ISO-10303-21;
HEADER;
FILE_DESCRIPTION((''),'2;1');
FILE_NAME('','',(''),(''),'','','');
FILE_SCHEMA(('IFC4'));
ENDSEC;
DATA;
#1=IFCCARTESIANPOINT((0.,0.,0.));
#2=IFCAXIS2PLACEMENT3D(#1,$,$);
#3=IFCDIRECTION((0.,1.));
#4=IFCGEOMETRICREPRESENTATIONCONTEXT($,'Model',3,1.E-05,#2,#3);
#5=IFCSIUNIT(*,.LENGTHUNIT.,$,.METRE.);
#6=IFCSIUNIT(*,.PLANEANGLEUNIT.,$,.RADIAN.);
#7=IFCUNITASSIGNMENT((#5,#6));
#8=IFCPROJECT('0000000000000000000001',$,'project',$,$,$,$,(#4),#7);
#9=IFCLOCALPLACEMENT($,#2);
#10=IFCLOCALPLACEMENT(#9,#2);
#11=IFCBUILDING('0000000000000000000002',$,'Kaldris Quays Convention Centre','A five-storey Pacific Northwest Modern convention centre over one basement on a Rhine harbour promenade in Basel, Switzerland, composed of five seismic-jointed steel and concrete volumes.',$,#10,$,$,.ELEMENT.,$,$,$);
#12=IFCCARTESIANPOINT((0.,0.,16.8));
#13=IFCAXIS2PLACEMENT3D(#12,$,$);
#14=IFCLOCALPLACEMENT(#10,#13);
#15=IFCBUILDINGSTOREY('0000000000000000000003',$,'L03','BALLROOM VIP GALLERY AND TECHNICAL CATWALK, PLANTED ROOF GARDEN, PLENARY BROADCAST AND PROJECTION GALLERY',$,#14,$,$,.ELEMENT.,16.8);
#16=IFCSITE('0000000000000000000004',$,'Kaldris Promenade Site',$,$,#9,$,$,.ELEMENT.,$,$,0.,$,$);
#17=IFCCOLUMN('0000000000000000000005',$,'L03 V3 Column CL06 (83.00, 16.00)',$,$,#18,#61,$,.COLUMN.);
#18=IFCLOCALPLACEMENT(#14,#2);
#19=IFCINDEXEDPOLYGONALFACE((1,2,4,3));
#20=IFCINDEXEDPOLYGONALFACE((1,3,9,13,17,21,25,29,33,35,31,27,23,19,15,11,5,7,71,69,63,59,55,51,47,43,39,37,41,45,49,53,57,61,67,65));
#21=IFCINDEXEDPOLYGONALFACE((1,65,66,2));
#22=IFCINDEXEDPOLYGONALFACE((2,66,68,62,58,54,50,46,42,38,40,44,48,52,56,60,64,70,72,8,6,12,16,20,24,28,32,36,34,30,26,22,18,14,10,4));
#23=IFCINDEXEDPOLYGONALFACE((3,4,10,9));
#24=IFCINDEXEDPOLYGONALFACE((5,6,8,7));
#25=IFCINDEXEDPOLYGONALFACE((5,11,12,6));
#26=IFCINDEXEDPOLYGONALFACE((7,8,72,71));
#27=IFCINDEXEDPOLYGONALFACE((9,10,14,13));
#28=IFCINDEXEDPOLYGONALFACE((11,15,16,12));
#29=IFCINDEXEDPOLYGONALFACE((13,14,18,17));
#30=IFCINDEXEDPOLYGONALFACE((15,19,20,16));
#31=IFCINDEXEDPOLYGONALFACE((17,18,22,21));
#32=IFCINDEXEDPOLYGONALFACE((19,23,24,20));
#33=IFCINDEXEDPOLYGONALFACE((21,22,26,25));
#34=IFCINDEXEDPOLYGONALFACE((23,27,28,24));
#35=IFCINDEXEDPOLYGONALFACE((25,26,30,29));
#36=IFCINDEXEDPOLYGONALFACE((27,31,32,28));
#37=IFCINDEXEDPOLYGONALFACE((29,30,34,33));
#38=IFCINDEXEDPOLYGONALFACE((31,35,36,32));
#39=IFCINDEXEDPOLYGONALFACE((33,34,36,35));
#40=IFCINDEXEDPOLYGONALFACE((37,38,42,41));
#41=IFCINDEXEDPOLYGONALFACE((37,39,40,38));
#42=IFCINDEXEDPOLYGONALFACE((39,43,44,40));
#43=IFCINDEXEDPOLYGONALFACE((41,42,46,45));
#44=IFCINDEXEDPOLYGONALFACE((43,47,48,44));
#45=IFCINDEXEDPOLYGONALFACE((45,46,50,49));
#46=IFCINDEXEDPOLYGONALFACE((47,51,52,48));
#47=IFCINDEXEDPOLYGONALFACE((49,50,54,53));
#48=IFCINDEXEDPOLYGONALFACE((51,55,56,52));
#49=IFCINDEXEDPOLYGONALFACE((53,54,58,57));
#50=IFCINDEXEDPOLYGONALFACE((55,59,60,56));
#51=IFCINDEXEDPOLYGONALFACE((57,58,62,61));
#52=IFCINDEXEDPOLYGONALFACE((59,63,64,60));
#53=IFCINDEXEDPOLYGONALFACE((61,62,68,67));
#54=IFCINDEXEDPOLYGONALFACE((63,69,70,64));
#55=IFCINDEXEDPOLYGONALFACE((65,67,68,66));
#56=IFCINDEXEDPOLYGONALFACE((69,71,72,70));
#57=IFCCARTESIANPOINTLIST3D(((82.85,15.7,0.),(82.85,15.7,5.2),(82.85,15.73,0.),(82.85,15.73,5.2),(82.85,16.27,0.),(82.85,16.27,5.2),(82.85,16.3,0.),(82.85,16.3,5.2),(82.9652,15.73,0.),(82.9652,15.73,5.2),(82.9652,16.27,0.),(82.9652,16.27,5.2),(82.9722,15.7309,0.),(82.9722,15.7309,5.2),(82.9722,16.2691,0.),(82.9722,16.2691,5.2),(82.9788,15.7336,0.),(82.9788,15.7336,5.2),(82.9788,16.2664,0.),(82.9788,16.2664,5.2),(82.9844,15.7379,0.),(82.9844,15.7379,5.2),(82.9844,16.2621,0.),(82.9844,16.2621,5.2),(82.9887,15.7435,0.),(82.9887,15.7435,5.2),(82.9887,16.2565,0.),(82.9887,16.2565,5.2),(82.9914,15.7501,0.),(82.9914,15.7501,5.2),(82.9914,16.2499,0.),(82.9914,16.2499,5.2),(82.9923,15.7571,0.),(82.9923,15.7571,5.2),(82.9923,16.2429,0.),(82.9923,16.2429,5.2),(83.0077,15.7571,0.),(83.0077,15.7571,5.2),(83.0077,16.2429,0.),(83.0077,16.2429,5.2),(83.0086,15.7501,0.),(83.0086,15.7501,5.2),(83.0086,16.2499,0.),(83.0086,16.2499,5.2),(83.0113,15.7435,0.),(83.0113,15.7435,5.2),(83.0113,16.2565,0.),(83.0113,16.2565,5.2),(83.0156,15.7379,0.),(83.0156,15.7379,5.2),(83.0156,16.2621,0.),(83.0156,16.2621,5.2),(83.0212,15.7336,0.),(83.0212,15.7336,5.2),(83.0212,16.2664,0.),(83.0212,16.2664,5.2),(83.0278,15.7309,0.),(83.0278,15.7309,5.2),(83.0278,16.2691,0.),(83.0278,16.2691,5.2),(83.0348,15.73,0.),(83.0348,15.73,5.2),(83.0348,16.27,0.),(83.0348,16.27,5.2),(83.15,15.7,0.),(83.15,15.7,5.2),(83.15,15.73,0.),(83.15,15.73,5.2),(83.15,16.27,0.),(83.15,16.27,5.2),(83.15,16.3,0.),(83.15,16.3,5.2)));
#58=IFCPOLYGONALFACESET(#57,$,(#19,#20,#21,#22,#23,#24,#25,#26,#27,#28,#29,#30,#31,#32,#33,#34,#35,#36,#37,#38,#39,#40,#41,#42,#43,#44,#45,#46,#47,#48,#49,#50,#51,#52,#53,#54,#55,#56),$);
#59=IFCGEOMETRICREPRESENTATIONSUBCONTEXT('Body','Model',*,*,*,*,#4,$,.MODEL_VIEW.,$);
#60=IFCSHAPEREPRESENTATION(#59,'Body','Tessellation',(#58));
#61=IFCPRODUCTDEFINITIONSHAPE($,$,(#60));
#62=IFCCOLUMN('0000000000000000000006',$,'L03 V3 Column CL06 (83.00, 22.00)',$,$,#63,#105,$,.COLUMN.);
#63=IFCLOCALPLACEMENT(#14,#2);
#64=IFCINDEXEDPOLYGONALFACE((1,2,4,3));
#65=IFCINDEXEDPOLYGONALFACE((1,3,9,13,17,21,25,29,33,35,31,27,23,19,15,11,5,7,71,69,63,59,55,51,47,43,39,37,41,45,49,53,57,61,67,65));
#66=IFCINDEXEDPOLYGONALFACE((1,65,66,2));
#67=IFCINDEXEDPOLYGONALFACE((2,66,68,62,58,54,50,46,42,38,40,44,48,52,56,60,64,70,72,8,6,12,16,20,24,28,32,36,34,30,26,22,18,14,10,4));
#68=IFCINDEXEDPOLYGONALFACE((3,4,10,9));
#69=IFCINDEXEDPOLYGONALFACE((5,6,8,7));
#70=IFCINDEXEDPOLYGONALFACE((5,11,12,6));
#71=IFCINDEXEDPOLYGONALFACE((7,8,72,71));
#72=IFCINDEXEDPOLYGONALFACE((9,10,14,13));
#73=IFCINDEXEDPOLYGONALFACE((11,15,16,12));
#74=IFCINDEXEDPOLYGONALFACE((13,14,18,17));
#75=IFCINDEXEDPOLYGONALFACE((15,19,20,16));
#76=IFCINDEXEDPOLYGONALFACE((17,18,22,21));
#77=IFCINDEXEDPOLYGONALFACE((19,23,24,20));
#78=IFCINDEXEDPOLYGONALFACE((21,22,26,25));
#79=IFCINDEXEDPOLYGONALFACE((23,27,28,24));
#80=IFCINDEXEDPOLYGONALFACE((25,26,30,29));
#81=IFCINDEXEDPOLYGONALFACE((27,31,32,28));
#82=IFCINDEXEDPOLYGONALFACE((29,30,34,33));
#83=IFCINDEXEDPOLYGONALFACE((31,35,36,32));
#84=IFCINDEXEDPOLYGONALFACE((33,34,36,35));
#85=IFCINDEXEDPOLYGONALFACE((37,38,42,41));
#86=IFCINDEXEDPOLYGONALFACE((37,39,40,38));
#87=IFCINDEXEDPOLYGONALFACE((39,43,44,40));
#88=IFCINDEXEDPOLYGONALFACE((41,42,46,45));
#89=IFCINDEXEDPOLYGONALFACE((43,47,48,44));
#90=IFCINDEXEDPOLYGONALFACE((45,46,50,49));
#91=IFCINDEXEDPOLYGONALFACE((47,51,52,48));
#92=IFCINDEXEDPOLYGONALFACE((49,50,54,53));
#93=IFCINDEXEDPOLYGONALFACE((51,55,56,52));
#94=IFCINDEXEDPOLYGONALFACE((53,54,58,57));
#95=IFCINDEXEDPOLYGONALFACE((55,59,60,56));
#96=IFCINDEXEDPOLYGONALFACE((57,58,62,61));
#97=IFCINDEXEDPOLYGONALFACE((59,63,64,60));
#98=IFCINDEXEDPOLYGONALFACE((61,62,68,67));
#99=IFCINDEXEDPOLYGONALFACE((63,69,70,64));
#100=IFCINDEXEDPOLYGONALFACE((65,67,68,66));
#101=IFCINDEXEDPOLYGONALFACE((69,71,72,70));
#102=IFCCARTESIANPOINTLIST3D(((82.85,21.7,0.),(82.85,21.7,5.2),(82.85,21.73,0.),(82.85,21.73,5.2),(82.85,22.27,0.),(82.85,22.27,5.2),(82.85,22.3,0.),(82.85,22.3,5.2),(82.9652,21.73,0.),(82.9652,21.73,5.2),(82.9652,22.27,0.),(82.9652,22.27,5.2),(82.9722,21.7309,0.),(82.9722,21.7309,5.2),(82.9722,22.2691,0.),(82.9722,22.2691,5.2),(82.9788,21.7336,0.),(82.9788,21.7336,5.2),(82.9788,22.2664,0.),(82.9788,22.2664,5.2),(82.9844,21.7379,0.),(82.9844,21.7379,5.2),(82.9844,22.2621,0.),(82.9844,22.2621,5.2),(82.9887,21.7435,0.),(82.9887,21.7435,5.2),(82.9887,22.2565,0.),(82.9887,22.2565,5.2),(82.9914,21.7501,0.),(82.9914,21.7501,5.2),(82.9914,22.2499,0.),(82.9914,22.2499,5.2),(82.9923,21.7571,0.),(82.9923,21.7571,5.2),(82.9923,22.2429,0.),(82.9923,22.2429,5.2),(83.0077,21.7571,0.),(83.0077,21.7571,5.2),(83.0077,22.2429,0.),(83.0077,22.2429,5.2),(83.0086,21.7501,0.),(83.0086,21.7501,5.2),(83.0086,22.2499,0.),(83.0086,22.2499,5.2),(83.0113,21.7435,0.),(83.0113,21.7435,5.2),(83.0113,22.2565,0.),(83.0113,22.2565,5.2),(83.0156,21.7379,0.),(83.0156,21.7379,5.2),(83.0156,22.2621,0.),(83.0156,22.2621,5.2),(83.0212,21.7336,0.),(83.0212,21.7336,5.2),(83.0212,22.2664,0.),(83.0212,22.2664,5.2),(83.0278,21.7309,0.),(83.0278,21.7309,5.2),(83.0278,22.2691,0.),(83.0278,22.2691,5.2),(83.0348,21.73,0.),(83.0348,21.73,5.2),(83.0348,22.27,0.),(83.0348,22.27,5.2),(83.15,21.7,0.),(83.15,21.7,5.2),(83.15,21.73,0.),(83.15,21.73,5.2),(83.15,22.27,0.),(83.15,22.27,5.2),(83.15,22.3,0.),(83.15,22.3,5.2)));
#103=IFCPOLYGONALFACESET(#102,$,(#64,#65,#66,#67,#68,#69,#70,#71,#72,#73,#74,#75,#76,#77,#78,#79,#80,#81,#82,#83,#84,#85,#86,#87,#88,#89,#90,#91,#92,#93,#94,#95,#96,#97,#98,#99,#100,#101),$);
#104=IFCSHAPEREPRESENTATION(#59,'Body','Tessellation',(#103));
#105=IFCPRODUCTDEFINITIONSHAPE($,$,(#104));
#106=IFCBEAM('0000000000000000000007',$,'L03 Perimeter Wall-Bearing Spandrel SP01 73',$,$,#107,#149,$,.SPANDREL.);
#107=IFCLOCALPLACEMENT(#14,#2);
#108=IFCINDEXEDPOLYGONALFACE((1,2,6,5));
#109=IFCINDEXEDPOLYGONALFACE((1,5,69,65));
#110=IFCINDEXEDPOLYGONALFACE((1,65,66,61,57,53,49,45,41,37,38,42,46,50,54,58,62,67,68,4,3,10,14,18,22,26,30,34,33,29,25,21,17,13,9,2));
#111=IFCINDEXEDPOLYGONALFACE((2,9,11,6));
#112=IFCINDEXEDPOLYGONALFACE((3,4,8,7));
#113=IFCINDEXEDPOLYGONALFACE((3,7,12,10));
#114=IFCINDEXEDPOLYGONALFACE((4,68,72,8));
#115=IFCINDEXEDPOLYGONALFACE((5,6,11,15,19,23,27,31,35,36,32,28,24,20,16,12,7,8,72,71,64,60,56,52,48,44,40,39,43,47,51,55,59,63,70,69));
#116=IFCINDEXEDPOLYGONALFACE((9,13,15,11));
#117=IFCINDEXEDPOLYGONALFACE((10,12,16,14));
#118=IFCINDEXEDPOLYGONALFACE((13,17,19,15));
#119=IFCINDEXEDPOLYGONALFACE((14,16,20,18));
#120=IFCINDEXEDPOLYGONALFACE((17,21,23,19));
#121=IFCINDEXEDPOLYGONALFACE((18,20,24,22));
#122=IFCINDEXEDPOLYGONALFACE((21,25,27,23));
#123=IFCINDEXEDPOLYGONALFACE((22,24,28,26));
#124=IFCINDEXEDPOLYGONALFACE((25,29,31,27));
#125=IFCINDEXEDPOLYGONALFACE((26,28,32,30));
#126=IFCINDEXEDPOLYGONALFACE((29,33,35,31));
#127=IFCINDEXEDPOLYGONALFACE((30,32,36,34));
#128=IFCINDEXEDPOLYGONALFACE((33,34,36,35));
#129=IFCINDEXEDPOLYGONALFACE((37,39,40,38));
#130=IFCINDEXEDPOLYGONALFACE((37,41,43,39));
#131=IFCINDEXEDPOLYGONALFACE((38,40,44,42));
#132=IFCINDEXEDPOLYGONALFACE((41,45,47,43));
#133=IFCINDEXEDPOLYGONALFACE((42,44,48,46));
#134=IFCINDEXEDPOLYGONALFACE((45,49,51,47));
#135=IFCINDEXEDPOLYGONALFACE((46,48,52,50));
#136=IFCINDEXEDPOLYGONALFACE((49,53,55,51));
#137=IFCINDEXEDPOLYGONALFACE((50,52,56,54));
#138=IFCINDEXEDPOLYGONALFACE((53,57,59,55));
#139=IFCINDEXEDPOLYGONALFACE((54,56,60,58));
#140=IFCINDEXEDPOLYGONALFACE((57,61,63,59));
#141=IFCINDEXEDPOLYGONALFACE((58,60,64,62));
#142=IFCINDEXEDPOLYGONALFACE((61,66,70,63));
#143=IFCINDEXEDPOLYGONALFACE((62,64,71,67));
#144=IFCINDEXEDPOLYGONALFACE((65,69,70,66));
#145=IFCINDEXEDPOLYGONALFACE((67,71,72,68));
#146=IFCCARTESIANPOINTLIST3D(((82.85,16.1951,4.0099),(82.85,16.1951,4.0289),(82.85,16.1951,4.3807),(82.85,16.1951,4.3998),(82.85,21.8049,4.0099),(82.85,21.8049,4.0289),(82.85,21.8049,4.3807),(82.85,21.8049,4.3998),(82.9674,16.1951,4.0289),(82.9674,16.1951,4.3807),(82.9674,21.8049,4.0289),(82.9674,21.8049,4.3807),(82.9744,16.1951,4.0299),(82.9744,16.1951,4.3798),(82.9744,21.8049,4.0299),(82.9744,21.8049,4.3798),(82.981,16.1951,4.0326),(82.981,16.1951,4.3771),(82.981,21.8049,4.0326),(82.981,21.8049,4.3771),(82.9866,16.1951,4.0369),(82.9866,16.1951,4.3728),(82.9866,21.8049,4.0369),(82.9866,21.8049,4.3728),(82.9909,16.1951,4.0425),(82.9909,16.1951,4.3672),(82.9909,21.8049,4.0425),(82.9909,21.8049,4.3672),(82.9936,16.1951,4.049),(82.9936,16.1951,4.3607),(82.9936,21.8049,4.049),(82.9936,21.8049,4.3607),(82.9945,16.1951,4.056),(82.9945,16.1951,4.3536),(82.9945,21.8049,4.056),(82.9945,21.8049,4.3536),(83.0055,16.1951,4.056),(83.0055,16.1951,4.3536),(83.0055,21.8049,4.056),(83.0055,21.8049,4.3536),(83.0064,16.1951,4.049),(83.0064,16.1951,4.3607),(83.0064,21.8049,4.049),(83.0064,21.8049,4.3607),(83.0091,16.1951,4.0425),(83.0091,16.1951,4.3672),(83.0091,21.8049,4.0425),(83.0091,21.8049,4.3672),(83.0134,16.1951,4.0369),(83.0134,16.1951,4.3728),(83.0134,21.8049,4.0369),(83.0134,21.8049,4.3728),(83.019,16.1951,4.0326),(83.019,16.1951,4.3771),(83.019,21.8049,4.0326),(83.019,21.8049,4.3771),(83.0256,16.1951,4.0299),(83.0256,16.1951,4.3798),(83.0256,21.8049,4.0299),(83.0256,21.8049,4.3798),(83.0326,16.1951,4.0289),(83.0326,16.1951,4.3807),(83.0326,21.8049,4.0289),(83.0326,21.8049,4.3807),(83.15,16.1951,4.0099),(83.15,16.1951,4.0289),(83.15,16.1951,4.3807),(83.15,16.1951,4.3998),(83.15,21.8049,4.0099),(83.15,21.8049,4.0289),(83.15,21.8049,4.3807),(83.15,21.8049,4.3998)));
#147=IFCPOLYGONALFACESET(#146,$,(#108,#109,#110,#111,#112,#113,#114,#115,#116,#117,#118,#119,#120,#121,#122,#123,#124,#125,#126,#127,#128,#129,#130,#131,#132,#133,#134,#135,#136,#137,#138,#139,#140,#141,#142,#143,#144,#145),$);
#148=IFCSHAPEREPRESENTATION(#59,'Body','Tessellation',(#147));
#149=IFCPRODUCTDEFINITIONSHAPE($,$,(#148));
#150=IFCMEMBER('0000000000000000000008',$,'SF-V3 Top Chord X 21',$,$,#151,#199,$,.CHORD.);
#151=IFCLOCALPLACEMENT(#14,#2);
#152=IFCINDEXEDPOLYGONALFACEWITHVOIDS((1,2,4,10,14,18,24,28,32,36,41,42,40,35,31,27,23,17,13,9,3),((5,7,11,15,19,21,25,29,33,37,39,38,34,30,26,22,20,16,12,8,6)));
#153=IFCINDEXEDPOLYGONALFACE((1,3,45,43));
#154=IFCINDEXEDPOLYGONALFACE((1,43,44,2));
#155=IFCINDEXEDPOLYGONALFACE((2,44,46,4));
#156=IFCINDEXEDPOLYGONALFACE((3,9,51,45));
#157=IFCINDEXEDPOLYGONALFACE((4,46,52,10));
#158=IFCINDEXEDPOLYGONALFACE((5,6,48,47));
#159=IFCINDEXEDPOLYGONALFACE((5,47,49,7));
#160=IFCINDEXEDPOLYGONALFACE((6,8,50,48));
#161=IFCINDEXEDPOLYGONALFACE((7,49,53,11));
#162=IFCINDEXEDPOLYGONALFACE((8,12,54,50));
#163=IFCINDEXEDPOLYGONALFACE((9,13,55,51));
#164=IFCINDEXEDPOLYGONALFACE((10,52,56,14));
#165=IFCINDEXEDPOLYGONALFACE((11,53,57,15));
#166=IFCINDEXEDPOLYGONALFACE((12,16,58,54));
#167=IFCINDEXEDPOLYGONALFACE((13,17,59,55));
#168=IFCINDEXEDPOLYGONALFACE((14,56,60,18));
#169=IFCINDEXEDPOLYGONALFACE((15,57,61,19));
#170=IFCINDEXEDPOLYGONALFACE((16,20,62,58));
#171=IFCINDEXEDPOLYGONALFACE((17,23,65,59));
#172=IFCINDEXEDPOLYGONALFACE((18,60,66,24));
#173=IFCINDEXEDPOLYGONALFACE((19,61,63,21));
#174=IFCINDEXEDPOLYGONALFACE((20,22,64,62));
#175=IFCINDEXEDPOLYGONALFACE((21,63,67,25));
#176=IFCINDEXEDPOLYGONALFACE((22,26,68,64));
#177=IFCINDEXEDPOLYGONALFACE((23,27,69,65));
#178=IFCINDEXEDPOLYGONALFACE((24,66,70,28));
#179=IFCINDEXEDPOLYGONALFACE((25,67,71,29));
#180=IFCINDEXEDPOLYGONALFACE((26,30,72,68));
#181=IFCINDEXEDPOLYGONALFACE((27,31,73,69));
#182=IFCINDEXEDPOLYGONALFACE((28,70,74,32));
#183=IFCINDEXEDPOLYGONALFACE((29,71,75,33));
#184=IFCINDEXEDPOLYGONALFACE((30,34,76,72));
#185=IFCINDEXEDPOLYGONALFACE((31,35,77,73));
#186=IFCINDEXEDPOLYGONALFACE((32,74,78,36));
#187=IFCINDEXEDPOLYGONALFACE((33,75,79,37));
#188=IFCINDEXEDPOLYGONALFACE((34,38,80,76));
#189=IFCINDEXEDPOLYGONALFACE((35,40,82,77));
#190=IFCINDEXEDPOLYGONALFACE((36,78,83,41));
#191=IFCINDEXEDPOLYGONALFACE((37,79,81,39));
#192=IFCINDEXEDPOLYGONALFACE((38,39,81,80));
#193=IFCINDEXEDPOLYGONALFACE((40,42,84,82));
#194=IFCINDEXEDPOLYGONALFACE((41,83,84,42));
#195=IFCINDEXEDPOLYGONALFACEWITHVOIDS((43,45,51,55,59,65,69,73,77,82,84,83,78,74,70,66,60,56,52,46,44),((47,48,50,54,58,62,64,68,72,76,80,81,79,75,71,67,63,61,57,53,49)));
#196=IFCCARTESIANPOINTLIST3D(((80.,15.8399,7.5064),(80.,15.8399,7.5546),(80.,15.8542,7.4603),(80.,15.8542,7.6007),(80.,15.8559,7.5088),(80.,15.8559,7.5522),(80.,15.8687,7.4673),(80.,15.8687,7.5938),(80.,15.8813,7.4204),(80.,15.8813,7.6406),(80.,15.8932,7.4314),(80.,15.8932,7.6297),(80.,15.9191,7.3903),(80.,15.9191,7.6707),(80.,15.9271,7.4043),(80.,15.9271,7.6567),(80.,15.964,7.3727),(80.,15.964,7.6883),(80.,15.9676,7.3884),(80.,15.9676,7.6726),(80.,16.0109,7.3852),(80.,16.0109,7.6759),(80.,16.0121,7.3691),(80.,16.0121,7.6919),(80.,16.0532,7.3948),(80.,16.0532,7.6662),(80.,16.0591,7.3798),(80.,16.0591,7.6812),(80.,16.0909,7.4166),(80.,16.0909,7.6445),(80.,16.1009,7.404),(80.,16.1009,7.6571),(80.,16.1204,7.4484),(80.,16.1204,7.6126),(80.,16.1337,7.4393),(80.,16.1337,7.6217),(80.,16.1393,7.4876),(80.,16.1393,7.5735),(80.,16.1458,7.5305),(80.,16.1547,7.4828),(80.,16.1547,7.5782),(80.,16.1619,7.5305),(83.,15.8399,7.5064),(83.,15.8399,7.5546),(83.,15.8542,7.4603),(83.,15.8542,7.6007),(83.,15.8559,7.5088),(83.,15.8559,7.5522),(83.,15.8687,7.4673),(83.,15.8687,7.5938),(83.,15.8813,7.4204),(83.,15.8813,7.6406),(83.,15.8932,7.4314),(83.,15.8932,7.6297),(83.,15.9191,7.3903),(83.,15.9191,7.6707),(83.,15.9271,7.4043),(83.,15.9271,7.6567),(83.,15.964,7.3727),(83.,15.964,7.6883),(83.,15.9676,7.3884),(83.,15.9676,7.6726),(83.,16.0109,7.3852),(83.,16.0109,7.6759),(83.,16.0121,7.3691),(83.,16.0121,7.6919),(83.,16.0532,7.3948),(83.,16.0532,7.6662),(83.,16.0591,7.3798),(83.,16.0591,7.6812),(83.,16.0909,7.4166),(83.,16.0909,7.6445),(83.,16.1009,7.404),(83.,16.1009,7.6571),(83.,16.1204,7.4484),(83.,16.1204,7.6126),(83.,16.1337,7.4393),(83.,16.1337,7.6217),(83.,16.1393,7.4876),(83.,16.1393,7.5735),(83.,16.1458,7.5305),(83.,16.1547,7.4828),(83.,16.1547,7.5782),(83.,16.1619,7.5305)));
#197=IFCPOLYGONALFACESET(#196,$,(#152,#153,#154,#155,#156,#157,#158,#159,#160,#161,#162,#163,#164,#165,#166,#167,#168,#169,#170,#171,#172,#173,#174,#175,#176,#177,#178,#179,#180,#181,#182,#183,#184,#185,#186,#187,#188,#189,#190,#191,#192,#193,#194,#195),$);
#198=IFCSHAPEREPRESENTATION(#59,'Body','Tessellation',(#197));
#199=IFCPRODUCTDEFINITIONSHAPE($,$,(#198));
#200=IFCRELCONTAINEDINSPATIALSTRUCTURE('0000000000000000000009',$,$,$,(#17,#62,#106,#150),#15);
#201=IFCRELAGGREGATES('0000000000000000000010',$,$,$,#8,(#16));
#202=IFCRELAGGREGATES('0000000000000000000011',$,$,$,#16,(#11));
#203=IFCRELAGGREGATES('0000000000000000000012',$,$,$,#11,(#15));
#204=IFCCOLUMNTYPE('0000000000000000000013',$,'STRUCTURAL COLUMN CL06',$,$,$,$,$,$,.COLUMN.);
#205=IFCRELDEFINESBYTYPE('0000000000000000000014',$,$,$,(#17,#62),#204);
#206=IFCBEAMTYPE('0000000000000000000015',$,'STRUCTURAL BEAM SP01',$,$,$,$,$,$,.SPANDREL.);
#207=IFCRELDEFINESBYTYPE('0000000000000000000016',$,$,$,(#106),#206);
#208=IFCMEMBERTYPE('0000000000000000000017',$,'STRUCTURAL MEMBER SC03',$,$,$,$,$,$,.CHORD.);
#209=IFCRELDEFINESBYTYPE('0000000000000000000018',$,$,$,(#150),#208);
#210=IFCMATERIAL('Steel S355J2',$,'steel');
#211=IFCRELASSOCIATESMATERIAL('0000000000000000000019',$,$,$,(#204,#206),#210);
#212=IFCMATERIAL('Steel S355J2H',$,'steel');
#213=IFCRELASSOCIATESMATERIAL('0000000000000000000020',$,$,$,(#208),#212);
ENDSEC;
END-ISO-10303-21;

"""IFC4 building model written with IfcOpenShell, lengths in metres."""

from ifc_helpers import new_model, si_unit, direction, frame, origin, origin_2d, place, context, subcontext, project, spatial, hollow_circle, i_section, extrude, material, material_profile, profile_set, type_object, element, save


model = new_model("IFC4")

# Units and contexts
model_context = context("Model", 3, precision=1e-05, world=origin(), true_north=direction((0.0, 1.0)))
body_context = subcontext(model_context, "Body", "Model", "MODEL_VIEW")
ifc_project = project(units=[si_unit("LENGTHUNIT", "METRE"), si_unit("PLANEANGLEUNIT", "RADIAN")], contexts=[model_context])

# Site, building, storey
site_placement = place(None, origin())
site = spatial("IfcSite", under=ifc_project, at=site_placement, Name="Kaldris Promenade Site", CompositionType="ELEMENT", RefElevation=0.0)
building_placement = place(site_placement, origin())
building = spatial("IfcBuilding", under=site, at=building_placement, Name="Kaldris Quays Convention Centre", Description="A five-storey Pacific Northwest Modern convention centre over one basement on a Rhine harbour promenade in Basel, Switzerland, composed of five seismic-jointed steel and concrete volumes.", CompositionType="ELEMENT")
storey_placement = place(building_placement, frame((0.0, 0.0, 16.8)))
storey = spatial("IfcBuildingStorey", under=building, at=storey_placement, Name="L03", Description="BALLROOM VIP GALLERY AND TECHNICAL CATWALK, PLANTED ROOF GARDEN, PLENARY BROADCAST AND PROJECTION GALLERY", CompositionType="ELEMENT", Elevation=16.8)

# Columns
ifc_material_1 = material(Name="Steel S355J2", Category="steel")
ifc_material_profile_1 = material_profile(ifc_material_1, i_section(OverallWidth=0.3, OverallDepth=0.6001, WebThickness=0.0154, FlangeThickness=0.03, FilletRadius=0.0271, at=origin_2d()), Name="HEB 600")
ifc_profile_set_1 = profile_set([ifc_material_profile_1], Name="Steel S355J2")
column_type = type_object("IfcColumnType", Name="STRUCTURAL COLUMN CL06", PredefinedType="COLUMN", material=ifc_profile_set_1)
for number, where, z_axis, x_axis, name in (
    (1, (83.0, 16.0, 0.0), (0.0, 0.0, 1.0), (1.0, 0.0, 0.0), "L03 V3 Column CL06 (83.00, 16.00)"),
    (2, (83.0, 22.0, 0.0), (0.0, 0.0, 1.0), (1.0, 0.0, 0.0), "L03 V3 Column CL06 (83.00, 22.00)"),
):
    element("IfcColumn", number, at=place(storey_placement, frame(where, z_axis=z_axis, x_axis=x_axis)), inside=storey, type_object=column_type, Name=name, PredefinedType="COLUMN", context=body_context, shape_type="SweptSolid", body=[
        extrude(i_section(OverallWidth=0.3, OverallDepth=0.6001, WebThickness=0.0154, FlangeThickness=0.03, FilletRadius=0.0271, at=origin_2d()), origin(), (0.0, 0.0, 1.0), 5.2),
    ])

# Beam
ifc_material_profile_2 = material_profile(ifc_material_1, i_section(OverallWidth=0.3, OverallDepth=0.3899, WebThickness=0.011, FlangeThickness=0.019, FilletRadius=0.0271, at=origin_2d()), Name="HEA 400")
ifc_profile_set_2 = profile_set([ifc_material_profile_2], Name="Steel S355J2")
beam_type = type_object("IfcBeamType", Name="STRUCTURAL BEAM SP01", PredefinedType="SPANDREL", material=ifc_profile_set_2)
beam_placement = place(storey_placement, frame((83.0, 16.1951, 4.2048), z_axis=(0.0, 1.0, 0.0), x_axis=(-1.0, 0.0, 0.0)))
element("IfcBeam", 3, at=beam_placement, inside=storey, type_object=beam_type, Name="L03 Perimeter Wall-Bearing Spandrel SP01 73", PredefinedType="SPANDREL", context=body_context, shape_type="SweptSolid", body=[
    extrude(i_section(OverallWidth=0.3, OverallDepth=0.3899, WebThickness=0.011, FlangeThickness=0.019, FilletRadius=0.0271, at=origin_2d()), origin(), (0.0, 0.0, 1.0), 5.6099),
])

# Member
ifc_material_2 = material(Name="Steel S355J2H", Category="steel")
ifc_material_profile_3 = material_profile(ifc_material_2, hollow_circle(Radius=0.1619, WallThickness=0.0161, at=origin_2d()), Name="CHS 323.9x16")
ifc_profile_set_3 = profile_set([ifc_material_profile_3], Name="Steel S355J2H")
member_type_1 = type_object("IfcMemberType", Name="STRUCTURAL MEMBER SC03", PredefinedType="CHORD", material=ifc_profile_set_3)
for number, where, z_axis, x_axis, name in (
    (4, (80.0, 16.0, 7.5305), (1.0, 0.0, 0.0), (0.0, 1.0, 0.0), "SF-V3 Top Chord X 21"),
):
    element("IfcMember", number, at=place(storey_placement, frame(where, z_axis=z_axis, x_axis=x_axis)), inside=storey, type_object=member_type_1, Name=name, PredefinedType="CHORD", context=body_context, shape_type="SweptSolid", body=[
        extrude(hollow_circle(Radius=0.1619, WallThickness=0.0161, at=origin_2d()), origin(), (0.0, 0.0, 1.0), 3.0),
    ])

save(model, "model.ifc")
